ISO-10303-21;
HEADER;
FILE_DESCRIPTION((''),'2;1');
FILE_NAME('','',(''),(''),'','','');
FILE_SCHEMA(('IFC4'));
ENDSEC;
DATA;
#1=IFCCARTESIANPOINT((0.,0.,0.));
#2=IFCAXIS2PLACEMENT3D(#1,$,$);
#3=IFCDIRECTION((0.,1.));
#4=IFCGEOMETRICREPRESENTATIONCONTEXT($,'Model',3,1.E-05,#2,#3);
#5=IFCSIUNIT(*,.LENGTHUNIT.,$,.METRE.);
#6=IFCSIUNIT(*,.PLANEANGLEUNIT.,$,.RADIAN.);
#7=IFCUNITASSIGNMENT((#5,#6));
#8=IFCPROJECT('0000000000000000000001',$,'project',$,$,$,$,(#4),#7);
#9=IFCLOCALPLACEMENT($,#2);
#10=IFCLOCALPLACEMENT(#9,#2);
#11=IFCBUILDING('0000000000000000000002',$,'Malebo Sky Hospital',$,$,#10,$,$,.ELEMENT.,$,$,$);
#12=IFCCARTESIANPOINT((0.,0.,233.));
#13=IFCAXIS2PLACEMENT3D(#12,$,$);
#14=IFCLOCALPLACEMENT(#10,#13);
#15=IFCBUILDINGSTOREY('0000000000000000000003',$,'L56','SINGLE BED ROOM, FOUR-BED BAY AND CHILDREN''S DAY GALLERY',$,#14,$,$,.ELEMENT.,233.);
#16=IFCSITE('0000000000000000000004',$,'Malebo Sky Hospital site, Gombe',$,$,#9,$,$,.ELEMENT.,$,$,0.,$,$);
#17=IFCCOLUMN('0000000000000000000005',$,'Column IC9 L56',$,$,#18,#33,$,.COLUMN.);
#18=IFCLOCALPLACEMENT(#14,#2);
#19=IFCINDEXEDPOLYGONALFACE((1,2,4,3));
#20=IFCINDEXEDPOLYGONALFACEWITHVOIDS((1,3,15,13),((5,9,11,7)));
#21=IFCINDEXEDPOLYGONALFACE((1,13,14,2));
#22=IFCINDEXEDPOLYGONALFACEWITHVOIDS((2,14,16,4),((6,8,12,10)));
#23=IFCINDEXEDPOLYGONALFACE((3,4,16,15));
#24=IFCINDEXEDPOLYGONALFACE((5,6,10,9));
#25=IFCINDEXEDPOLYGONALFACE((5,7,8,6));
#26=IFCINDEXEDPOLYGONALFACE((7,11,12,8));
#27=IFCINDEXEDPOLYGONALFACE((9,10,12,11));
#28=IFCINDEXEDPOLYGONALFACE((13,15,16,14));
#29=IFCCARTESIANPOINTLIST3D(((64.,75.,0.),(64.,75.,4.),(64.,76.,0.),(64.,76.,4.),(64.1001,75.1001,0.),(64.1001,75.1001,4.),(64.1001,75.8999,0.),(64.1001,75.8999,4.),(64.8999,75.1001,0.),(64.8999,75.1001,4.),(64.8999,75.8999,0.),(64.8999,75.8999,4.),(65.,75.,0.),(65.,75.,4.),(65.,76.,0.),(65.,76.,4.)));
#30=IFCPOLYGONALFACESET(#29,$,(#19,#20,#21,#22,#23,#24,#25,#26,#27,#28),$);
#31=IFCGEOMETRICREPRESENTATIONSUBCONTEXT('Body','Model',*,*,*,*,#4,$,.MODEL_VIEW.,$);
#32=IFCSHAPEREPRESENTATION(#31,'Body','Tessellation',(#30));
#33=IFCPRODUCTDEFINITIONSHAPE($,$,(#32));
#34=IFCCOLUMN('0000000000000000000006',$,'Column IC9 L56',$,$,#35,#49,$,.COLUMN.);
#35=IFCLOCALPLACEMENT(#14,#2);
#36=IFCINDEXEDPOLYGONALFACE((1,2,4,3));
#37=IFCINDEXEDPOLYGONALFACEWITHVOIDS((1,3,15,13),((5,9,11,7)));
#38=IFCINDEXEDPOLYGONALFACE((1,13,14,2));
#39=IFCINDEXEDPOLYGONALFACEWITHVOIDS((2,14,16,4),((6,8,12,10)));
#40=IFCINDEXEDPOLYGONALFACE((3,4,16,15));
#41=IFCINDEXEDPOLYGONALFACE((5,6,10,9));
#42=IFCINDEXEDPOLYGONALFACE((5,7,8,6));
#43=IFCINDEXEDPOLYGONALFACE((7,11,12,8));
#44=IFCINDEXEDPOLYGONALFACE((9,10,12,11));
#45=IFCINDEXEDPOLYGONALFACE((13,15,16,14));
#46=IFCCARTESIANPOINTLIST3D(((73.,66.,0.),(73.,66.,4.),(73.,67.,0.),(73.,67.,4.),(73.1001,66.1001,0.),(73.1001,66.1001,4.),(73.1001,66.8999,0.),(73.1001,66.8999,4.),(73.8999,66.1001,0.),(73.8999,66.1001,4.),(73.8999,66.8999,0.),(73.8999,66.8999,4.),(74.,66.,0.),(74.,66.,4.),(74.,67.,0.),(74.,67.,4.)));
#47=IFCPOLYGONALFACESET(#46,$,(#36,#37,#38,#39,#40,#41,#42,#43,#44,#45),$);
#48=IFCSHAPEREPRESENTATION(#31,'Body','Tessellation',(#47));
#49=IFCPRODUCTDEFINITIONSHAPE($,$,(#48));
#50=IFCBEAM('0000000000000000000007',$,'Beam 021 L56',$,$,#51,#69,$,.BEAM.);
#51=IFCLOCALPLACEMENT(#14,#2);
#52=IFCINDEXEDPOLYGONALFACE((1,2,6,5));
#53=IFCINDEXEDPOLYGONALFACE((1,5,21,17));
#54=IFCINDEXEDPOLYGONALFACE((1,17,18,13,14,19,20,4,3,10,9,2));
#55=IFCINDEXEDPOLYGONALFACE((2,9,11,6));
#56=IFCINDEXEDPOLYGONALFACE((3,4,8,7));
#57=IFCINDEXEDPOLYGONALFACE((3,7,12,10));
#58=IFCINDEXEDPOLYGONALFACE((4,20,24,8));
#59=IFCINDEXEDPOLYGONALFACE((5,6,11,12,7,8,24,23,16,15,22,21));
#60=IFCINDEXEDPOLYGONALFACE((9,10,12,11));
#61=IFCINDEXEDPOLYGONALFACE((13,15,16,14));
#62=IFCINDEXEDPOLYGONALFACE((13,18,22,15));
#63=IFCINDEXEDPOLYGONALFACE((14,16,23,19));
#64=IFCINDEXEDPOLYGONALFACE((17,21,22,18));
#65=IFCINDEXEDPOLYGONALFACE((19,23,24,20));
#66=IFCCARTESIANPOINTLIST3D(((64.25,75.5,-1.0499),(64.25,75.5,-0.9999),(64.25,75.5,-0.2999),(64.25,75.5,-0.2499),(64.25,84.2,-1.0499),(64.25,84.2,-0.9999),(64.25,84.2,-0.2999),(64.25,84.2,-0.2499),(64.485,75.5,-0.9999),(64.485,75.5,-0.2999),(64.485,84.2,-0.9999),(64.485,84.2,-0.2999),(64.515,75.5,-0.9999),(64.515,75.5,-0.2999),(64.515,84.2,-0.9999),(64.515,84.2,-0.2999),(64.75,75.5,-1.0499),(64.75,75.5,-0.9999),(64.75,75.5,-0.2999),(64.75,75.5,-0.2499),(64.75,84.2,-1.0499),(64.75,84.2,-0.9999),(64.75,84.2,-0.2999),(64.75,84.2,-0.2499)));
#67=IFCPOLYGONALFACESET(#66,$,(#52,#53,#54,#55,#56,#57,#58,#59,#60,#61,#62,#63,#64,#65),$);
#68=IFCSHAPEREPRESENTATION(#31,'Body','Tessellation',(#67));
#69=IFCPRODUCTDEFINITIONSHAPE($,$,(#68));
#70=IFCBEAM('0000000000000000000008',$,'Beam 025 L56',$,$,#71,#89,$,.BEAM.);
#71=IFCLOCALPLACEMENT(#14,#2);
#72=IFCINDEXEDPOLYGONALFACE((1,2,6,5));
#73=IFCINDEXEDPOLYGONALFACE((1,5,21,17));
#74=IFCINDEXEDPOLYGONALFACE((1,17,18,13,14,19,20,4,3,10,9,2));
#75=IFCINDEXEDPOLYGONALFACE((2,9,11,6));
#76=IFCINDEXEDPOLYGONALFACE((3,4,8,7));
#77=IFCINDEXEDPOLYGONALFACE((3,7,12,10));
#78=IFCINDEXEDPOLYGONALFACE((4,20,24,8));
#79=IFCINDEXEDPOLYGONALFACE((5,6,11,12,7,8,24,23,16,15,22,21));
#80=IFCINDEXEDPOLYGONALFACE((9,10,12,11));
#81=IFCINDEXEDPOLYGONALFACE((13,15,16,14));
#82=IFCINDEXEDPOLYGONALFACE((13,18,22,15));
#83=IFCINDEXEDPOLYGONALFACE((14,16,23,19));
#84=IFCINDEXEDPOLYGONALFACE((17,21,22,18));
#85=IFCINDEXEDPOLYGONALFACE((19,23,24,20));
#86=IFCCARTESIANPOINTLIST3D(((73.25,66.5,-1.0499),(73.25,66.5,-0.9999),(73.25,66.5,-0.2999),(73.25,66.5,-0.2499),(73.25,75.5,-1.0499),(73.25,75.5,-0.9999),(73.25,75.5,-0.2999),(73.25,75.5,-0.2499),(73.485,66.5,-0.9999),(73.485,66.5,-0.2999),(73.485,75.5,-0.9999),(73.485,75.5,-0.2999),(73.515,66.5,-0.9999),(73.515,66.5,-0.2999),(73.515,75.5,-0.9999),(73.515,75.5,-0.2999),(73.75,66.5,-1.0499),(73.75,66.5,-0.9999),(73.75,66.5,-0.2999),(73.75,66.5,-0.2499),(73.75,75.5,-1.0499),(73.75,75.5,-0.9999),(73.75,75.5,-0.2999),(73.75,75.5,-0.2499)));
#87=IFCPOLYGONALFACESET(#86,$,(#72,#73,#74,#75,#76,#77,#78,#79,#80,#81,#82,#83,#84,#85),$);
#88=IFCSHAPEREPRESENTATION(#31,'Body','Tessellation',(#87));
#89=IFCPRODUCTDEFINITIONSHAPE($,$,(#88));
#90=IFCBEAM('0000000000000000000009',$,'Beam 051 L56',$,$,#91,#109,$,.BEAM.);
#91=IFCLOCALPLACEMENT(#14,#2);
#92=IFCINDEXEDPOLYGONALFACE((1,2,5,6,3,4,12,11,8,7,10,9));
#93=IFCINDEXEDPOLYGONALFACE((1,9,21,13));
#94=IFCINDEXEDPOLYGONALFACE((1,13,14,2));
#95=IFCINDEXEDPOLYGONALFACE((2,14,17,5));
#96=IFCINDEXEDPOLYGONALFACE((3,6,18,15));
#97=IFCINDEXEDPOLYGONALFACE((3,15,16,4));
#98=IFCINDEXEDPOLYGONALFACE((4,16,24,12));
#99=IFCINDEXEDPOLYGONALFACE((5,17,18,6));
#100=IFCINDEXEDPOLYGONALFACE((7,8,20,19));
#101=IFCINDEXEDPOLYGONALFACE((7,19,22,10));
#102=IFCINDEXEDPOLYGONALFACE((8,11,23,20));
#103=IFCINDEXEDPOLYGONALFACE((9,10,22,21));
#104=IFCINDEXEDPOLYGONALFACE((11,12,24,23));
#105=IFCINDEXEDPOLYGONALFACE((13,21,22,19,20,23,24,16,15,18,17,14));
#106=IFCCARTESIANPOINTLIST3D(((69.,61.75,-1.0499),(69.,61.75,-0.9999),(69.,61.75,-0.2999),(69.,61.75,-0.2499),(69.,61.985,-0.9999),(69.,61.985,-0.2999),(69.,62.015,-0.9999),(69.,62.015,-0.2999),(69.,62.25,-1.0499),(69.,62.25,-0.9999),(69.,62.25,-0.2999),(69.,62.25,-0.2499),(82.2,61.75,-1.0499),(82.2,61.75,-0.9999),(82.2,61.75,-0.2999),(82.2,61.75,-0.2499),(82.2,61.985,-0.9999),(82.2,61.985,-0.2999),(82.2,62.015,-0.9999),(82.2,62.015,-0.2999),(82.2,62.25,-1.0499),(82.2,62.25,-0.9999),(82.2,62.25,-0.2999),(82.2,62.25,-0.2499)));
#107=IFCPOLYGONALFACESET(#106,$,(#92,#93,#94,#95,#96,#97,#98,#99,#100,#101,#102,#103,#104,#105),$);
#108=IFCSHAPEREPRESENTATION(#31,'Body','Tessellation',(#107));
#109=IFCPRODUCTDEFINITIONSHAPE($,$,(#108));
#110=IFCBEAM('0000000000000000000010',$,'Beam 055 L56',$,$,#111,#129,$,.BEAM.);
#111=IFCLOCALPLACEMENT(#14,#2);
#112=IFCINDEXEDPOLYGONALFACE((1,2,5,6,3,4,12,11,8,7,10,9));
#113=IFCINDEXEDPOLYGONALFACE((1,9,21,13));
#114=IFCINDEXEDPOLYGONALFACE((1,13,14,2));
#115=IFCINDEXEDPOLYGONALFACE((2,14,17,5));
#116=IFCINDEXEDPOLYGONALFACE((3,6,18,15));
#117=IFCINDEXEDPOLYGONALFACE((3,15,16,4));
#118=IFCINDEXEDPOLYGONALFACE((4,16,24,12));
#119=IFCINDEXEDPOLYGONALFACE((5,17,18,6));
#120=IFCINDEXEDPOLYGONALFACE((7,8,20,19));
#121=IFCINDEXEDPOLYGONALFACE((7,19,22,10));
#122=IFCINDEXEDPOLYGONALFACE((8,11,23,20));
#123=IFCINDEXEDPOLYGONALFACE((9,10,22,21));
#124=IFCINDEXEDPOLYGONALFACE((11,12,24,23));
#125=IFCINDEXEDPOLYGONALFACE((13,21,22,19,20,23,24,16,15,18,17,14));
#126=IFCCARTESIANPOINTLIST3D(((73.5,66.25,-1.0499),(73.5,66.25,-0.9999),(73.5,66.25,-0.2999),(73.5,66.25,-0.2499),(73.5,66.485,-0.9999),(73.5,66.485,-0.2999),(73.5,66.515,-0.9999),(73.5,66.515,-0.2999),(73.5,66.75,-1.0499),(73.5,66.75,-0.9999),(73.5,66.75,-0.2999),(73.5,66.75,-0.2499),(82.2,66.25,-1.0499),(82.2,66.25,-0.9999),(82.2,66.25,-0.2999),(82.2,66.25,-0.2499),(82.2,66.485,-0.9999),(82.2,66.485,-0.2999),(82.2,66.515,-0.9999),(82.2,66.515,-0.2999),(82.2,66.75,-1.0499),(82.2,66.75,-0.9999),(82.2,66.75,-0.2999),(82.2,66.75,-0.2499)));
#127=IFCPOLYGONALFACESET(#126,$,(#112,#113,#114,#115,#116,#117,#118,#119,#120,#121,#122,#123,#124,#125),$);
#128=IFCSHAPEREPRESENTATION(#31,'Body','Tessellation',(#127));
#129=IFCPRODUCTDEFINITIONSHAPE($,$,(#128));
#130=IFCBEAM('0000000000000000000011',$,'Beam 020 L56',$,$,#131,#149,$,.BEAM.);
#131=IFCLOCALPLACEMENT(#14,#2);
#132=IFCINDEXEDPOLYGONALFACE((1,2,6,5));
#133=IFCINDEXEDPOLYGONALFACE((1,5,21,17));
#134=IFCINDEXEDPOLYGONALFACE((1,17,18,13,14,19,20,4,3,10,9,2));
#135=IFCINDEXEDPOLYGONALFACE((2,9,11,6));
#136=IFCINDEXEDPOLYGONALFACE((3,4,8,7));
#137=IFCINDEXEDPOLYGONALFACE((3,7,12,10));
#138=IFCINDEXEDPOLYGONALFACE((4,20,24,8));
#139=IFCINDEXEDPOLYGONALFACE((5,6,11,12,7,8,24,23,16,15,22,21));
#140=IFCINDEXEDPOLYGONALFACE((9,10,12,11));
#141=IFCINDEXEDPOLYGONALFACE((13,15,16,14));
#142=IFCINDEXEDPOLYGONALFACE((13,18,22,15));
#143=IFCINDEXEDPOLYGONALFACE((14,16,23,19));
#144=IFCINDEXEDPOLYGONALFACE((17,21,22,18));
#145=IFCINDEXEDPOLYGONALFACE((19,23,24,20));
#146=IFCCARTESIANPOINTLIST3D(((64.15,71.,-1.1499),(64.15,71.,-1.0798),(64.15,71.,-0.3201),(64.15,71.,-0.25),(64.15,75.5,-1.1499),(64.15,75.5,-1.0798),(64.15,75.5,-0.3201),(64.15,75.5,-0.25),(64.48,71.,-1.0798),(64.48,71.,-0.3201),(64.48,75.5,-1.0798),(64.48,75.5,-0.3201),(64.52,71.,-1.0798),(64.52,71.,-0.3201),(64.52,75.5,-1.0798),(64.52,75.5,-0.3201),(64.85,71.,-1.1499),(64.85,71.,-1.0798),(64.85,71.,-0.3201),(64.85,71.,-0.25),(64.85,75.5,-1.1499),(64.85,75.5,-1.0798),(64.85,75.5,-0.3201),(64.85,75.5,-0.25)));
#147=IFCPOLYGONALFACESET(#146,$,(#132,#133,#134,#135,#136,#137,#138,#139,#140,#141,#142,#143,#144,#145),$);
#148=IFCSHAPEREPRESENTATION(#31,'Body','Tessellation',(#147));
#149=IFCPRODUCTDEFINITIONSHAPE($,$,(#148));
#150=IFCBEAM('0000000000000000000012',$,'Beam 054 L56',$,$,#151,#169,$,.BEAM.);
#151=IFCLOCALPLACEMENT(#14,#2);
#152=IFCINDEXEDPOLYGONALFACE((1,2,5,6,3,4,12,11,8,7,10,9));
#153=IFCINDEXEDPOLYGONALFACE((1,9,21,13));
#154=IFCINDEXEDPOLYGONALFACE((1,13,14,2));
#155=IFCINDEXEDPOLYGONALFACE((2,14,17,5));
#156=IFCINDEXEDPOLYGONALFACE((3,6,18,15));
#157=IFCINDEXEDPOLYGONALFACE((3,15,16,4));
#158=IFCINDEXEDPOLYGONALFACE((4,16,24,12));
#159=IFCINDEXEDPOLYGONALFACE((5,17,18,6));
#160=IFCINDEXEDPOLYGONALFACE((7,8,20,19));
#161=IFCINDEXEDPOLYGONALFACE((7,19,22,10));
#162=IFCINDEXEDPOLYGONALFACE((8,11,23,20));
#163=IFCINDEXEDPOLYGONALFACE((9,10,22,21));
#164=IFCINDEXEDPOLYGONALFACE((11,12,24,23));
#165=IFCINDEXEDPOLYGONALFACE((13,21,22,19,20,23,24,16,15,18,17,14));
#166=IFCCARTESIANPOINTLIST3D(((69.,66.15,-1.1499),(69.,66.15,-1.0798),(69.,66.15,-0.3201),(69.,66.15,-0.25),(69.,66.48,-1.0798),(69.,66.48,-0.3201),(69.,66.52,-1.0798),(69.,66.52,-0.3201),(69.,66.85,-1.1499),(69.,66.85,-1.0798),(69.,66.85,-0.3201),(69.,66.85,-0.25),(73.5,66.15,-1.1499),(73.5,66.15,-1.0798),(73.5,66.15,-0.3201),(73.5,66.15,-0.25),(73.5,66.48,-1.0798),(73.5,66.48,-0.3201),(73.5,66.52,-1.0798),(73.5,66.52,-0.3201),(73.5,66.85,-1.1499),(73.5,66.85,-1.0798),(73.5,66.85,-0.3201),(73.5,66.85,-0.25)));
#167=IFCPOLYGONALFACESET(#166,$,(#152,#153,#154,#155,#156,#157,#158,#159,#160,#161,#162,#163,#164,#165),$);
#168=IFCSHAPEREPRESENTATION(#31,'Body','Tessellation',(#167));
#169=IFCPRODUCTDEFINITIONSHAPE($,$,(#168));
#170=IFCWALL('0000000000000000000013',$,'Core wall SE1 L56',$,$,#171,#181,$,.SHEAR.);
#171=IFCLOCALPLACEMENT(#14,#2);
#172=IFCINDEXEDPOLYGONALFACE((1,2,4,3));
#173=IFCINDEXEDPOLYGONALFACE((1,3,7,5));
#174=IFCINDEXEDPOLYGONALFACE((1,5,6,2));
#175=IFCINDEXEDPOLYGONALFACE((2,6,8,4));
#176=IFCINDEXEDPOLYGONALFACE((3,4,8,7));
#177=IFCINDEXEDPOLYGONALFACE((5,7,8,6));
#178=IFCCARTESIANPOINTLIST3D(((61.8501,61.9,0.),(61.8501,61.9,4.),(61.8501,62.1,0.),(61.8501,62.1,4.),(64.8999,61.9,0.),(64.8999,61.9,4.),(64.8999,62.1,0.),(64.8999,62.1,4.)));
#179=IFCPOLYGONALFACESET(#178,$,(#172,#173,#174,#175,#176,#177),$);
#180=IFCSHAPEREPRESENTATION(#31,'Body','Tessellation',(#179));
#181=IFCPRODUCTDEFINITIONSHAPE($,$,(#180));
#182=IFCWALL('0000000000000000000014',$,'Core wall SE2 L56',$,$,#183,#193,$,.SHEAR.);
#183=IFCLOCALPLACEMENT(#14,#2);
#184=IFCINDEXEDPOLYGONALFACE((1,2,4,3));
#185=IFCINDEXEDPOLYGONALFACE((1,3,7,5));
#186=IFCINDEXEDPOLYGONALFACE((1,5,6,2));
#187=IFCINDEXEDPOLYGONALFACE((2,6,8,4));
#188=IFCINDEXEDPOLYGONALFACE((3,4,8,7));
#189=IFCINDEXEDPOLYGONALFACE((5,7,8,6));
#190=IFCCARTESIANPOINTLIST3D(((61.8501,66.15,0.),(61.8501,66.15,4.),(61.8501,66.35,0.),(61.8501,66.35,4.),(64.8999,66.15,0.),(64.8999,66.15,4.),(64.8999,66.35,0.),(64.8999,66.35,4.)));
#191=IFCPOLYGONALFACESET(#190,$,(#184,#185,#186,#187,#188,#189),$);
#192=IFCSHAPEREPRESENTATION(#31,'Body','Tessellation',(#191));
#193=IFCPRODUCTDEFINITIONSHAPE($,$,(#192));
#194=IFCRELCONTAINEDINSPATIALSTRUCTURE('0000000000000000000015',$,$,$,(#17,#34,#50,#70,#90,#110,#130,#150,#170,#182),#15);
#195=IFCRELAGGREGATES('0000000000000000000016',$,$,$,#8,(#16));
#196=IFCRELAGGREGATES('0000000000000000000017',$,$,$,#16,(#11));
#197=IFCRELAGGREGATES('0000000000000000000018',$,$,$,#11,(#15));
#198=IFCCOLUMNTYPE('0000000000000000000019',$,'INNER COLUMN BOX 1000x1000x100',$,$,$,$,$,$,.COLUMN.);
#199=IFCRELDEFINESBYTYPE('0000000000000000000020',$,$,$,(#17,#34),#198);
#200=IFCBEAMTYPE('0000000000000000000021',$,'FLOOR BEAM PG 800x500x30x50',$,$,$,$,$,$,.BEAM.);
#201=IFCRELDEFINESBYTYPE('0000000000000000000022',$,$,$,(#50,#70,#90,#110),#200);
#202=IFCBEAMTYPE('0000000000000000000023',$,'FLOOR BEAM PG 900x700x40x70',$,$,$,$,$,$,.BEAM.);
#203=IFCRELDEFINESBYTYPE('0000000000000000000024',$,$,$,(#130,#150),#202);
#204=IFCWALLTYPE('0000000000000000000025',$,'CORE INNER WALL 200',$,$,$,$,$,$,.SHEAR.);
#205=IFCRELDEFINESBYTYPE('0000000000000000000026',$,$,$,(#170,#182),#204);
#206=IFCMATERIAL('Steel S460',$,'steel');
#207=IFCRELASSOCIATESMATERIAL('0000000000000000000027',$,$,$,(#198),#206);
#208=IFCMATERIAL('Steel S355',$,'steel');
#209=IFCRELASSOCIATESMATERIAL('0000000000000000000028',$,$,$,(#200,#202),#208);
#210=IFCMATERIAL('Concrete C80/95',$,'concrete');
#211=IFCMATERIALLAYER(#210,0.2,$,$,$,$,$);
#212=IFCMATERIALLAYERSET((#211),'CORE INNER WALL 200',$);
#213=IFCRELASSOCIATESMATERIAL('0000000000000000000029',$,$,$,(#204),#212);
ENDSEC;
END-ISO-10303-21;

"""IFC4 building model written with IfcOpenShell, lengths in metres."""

from ifc_helpers import new_model, si_unit, direction, frame, frame_2d, origin, origin_2d, place, context, subcontext, project, spatial, rectangle, hollow_rectangle, i_section, extrude, material, layer, layer_set, material_profile, profile_set, type_object, element, save


model = new_model("IFC4")

# Units and contexts
model_context = context("Model", 3, precision=1e-05, world=origin(), true_north=direction((0.0, 1.0)))
body_context = subcontext(model_context, "Body", "Model", "MODEL_VIEW")
ifc_project = project(units=[si_unit("LENGTHUNIT", "METRE"), si_unit("PLANEANGLEUNIT", "RADIAN")], contexts=[model_context])

# Site, building, storey
site_placement = place(None, origin())
site = spatial("IfcSite", under=ifc_project, at=site_placement, Name="Malebo Sky Hospital site, Gombe", CompositionType="ELEMENT", RefElevation=0.0)
building_placement = place(site_placement, origin())
building = spatial("IfcBuilding", under=site, at=building_placement, Name="Malebo Sky Hospital", CompositionType="ELEMENT")
storey_placement = place(building_placement, frame((0.0, 0.0, 233.0)))
storey = spatial("IfcBuildingStorey", under=building, at=storey_placement, Name="L56", Description="SINGLE BED ROOM, FOUR-BED BAY AND CHILDREN'S DAY GALLERY", CompositionType="ELEMENT", Elevation=233.0)

# Columns
ifc_material_1 = material(Name="Steel S460", Category="steel")
ifc_material_profile_1 = material_profile(ifc_material_1, hollow_rectangle(XDim=1.0, YDim=1.0, WallThickness=0.1001, at=origin_2d()), Name="BOX 1000x1000x100")
ifc_profile_set_1 = profile_set([ifc_material_profile_1], Name="Steel S460")
column_type = type_object("IfcColumnType", Name="INNER COLUMN BOX 1000x1000x100", PredefinedType="COLUMN", material=ifc_profile_set_1)
for number, where, z_axis, x_axis, name in (
    (1, (64.5, 75.5, 0.0), (0.0, 0.0, 1.0), (1.0, 0.0, 0.0), "Column IC9 L56"),
    (2, (73.5, 66.5, 0.0), (0.0, 0.0, 1.0), (1.0, 0.0, 0.0), "Column IC9 L56"),
):
    element("IfcColumn", number, at=place(storey_placement, frame(where, z_axis=z_axis, x_axis=x_axis)), inside=storey, type_object=column_type, Name=name, PredefinedType="COLUMN", context=body_context, shape_type="SweptSolid", body=[
        extrude(hollow_rectangle(XDim=1.0, YDim=1.0, WallThickness=0.1001, at=origin_2d()), origin(), (0.0, 0.0, 1.0), 4.0),
    ])

# Beams
ifc_material_2 = material(Name="Steel S355", Category="steel")
ifc_material_profile_2 = material_profile(ifc_material_2, i_section(OverallWidth=0.5, OverallDepth=0.8, WebThickness=0.03, FlangeThickness=0.05, at=origin_2d()), Name="PG 800x500x30x50")
ifc_profile_set_2 = profile_set([ifc_material_profile_2], Name="Steel S355")
beam_type_1 = type_object("IfcBeamType", Name="FLOOR BEAM PG 800x500x30x50", PredefinedType="BEAM", material=ifc_profile_set_2)
beam_1_placement = place(storey_placement, frame((64.5, 75.5, -0.6499), z_axis=(0.0, 1.0, 0.0), x_axis=(-1.0, 0.0, 0.0)))
element("IfcBeam", 3, at=beam_1_placement, inside=storey, type_object=beam_type_1, Name="Beam 021 L56", PredefinedType="BEAM", context=body_context, shape_type="SweptSolid", body=[
    extrude(i_section(OverallWidth=0.5, OverallDepth=0.8, WebThickness=0.03, FlangeThickness=0.05, at=origin_2d()), origin(), (0.0, 0.0, 1.0), 8.7),
])
beam_2_placement = place(storey_placement, frame((73.5, 66.5, -0.6499), z_axis=(0.0, 1.0, 0.0), x_axis=(-1.0, 0.0, 0.0)))
element("IfcBeam", 4, at=beam_2_placement, inside=storey, type_object=beam_type_1, Name="Beam 025 L56", PredefinedType="BEAM", context=body_context, shape_type="SweptSolid", body=[
    extrude(i_section(OverallWidth=0.5, OverallDepth=0.8, WebThickness=0.03, FlangeThickness=0.05, at=origin_2d()), origin(), (0.0, 0.0, 1.0), 9.0),
])
beam_3_placement = place(storey_placement, frame((69.0, 62.0, -0.6499), z_axis=(1.0, 0.0, 0.0), x_axis=(0.0, 1.0, 0.0)))
element("IfcBeam", 5, at=beam_3_placement, inside=storey, type_object=beam_type_1, Name="Beam 051 L56", PredefinedType="BEAM", context=body_context, shape_type="SweptSolid", body=[
    extrude(i_section(OverallWidth=0.5, OverallDepth=0.8, WebThickness=0.03, FlangeThickness=0.05, at=origin_2d()), origin(), (0.0, 0.0, 1.0), 13.2),
])
beam_4_placement = place(storey_placement, frame((73.5, 66.5, -0.6499), z_axis=(1.0, 0.0, 0.0), x_axis=(0.0, 1.0, 0.0)))
element("IfcBeam", 6, at=beam_4_placement, inside=storey, type_object=beam_type_1, Name="Beam 055 L56", PredefinedType="BEAM", context=body_context, shape_type="SweptSolid", body=[
    extrude(i_section(OverallWidth=0.5, OverallDepth=0.8, WebThickness=0.03, FlangeThickness=0.05, at=origin_2d()), origin(), (0.0, 0.0, 1.0), 8.7),
])
ifc_material_profile_3 = material_profile(ifc_material_2, i_section(OverallWidth=0.7, OverallDepth=0.8999, WebThickness=0.04, FlangeThickness=0.0701, at=origin_2d()), Name="PG 900x700x40x70")
ifc_profile_set_3 = profile_set([ifc_material_profile_3], Name="Steel S355")
beam_type_2 = type_object("IfcBeamType", Name="FLOOR BEAM PG 900x700x40x70", PredefinedType="BEAM", material=ifc_profile_set_3)
for number, where, z_axis, x_axis, name in (
    (7, (64.5, 71.0, -0.7), (0.0, 1.0, 0.0), (-1.0, 0.0, 0.0), "Beam 020 L56"),
    (8, (69.0, 66.5, -0.7), (1.0, 0.0, 0.0), (0.0, 1.0, 0.0), "Beam 054 L56"),
):
    element("IfcBeam", number, at=place(storey_placement, frame(where, z_axis=z_axis, x_axis=x_axis)), inside=storey, type_object=beam_type_2, Name=name, PredefinedType="BEAM", context=body_context, shape_type="SweptSolid", body=[
        extrude(i_section(OverallWidth=0.7, OverallDepth=0.8999, WebThickness=0.04, FlangeThickness=0.0701, at=origin_2d()), origin(), (0.0, 0.0, 1.0), 4.5),
    ])

# Walls
ifc_material_3 = material(Name="Concrete C80/95", Category="concrete")
ifc_layer_1 = layer(ifc_material_3, 0.2)
ifc_layer_set_1 = layer_set([ifc_layer_1], Name="CORE INNER WALL 200")
wall_type_1 = type_object("IfcWallType", Name="CORE INNER WALL 200", PredefinedType="SHEAR", material=ifc_layer_set_1)
for number, where, z_axis, x_axis, name in (
    (9, (61.8501, 62.0, 0.0), (0.0, 0.0, 1.0), (1.0, 0.0, 0.0), "Core wall SE1 L56"),
    (10, (61.8501, 66.25, 0.0), (0.0, 0.0, 1.0), (1.0, 0.0, 0.0), "Core wall SE2 L56"),
):
    element("IfcWall", number, at=place(storey_placement, frame(where, z_axis=z_axis, x_axis=x_axis)), inside=storey, type_object=wall_type_1, Name=name, PredefinedType="SHEAR", context=body_context, shape_type="SweptSolid", body=[
        extrude(rectangle(XDim=3.0498, YDim=0.2, at=frame_2d((1.5249, 0.0))), origin(), (0.0, 0.0, 1.0), 4.0),
    ])

save(model, "model.ifc")
